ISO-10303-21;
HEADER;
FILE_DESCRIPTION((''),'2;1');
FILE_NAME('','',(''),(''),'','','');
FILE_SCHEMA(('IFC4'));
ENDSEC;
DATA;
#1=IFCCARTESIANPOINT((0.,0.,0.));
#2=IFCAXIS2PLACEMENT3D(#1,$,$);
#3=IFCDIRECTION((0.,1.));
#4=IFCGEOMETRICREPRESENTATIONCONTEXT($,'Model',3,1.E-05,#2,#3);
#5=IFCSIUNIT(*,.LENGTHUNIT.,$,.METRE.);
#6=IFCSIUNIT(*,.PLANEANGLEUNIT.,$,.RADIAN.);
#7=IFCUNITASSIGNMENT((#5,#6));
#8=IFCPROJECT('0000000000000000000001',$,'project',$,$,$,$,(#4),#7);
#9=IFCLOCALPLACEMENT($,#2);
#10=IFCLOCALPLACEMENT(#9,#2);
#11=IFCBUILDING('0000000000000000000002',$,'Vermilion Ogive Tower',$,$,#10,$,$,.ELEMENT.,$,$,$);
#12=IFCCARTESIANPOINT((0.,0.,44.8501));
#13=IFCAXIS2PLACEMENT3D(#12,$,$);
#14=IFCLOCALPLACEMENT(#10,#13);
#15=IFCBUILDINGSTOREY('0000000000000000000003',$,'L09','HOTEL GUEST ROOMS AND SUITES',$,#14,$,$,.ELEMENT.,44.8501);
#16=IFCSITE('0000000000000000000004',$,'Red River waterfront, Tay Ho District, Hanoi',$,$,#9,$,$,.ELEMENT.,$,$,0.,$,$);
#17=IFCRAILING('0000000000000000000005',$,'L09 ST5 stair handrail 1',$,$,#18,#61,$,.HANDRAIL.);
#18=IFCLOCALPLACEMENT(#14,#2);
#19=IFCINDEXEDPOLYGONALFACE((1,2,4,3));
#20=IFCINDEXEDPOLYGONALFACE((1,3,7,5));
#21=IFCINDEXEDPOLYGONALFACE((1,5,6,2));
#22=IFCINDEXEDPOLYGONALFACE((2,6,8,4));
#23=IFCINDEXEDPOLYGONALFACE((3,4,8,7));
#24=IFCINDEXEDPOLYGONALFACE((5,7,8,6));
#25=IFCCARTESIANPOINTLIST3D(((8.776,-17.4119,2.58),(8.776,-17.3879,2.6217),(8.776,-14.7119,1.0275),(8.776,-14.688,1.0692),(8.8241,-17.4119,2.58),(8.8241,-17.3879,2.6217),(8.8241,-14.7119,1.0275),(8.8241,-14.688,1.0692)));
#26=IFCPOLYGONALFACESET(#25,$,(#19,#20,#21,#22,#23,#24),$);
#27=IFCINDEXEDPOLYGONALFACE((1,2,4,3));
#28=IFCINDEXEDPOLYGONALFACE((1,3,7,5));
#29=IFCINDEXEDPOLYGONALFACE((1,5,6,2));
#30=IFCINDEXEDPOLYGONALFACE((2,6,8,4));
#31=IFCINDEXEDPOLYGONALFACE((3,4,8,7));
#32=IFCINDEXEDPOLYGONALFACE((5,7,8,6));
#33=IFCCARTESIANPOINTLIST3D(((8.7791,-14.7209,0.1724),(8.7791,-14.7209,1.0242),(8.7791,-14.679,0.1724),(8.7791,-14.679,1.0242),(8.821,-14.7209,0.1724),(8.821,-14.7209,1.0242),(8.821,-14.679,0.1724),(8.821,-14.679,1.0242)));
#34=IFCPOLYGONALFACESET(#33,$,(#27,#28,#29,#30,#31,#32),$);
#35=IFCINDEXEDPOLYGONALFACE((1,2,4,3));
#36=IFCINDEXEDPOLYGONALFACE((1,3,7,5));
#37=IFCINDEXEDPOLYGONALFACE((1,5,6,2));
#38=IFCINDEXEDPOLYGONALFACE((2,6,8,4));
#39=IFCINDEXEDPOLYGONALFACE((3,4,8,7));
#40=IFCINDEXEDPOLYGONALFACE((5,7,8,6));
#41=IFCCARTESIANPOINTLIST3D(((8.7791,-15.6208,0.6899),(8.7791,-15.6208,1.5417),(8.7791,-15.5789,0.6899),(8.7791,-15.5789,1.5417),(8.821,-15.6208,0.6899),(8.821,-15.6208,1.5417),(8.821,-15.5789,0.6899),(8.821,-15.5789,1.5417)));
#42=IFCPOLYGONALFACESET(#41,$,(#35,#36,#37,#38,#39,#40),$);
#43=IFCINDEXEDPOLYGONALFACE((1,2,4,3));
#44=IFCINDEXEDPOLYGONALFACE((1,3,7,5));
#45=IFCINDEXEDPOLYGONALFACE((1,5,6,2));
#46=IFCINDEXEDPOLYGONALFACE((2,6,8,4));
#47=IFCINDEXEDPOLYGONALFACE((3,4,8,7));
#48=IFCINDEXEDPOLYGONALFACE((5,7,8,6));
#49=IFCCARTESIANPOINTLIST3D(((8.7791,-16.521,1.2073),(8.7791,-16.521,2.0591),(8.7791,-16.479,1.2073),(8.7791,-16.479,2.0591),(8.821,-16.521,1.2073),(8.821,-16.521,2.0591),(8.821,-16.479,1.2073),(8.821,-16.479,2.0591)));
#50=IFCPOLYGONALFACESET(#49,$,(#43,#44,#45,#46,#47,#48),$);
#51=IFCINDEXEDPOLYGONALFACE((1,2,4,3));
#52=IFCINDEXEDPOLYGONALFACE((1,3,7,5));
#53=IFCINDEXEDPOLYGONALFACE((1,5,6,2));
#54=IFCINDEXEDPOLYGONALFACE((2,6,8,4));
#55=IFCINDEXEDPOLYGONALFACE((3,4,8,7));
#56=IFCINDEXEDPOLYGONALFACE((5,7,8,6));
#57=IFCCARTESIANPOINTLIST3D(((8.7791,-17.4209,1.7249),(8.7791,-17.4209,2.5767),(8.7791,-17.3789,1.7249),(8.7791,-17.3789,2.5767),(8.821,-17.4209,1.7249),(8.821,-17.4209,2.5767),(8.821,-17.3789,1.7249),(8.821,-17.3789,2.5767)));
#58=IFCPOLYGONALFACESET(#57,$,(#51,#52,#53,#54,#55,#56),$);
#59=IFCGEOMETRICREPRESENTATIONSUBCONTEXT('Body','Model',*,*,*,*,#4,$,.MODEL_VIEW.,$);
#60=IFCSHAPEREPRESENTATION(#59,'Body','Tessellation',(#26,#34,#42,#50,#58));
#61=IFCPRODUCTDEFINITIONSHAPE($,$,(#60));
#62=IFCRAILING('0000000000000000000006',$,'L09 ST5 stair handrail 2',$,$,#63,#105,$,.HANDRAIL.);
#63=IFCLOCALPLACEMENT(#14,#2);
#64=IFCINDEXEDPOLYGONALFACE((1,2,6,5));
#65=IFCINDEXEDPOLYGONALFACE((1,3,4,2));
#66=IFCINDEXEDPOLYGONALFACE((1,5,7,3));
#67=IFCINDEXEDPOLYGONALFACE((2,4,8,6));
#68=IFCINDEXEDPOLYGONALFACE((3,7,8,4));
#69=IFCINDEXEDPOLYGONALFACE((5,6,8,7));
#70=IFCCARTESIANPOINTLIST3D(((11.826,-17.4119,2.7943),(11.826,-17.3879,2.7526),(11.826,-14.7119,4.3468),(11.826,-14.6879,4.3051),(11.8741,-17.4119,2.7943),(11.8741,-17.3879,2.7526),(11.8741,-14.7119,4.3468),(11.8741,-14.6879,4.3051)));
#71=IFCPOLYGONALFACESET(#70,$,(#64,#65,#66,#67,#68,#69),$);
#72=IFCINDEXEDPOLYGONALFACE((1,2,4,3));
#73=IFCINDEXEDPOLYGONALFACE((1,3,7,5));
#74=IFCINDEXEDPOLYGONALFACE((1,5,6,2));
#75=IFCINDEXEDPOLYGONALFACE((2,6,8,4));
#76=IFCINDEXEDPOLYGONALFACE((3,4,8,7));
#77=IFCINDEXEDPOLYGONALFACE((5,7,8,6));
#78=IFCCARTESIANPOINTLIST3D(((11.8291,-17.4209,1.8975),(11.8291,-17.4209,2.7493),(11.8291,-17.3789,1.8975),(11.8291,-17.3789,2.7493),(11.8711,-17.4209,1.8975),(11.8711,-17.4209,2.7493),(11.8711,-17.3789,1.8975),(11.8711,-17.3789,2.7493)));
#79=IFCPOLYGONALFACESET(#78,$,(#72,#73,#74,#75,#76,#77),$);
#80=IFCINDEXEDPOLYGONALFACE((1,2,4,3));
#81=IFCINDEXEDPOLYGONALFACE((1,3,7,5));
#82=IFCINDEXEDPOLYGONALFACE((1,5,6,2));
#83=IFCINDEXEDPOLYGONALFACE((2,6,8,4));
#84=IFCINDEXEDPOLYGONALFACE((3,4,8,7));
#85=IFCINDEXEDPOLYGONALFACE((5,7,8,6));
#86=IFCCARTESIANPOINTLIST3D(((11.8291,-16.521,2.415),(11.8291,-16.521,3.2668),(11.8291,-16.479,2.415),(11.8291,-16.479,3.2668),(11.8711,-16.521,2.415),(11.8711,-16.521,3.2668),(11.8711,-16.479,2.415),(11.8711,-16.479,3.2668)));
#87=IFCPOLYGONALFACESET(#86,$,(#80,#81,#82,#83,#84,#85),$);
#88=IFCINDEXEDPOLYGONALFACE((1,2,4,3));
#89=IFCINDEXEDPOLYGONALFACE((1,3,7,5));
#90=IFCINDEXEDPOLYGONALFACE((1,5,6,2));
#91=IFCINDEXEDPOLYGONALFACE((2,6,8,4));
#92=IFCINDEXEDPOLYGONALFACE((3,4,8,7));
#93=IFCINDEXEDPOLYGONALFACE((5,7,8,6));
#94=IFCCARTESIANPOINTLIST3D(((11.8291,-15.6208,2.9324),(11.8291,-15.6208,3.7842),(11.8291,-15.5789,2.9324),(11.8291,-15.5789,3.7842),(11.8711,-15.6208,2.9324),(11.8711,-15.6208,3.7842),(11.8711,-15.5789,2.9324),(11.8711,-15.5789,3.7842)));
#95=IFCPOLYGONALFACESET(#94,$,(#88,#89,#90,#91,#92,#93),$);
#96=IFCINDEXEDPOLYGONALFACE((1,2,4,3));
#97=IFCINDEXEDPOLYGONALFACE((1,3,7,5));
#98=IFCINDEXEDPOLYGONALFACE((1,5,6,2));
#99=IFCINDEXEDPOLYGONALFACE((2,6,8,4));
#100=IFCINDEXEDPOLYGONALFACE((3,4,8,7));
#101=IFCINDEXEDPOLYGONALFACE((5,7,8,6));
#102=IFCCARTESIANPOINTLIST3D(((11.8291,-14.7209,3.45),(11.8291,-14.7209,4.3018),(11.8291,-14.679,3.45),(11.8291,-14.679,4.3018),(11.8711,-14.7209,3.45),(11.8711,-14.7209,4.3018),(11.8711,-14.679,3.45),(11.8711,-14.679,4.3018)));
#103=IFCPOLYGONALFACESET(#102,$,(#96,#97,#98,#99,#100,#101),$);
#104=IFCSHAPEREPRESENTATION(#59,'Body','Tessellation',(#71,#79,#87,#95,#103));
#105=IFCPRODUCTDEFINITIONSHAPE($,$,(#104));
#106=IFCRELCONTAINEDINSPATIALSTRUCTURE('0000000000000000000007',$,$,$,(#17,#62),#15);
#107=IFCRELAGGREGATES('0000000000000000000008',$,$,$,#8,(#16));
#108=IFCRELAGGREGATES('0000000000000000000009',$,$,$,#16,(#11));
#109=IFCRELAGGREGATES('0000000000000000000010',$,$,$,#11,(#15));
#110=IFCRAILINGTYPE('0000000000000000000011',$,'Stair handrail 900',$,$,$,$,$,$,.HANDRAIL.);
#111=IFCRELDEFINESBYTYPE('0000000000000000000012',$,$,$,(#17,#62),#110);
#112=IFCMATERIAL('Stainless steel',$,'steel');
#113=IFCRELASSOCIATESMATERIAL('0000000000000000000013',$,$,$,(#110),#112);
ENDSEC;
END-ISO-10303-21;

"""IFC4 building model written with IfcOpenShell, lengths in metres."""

from ifc_helpers import new_model, si_unit, direction, frame, origin, origin_2d, place, context, subcontext, project, spatial, rectangle, extrude, material, type_object, element, save


model = new_model("IFC4")

# Units and contexts
model_context = context("Model", 3, precision=1e-05, world=origin(), true_north=direction((0.0, 1.0)))
body_context = subcontext(model_context, "Body", "Model", "MODEL_VIEW")
ifc_project = project(units=[si_unit("LENGTHUNIT", "METRE"), si_unit("PLANEANGLEUNIT", "RADIAN")], contexts=[model_context])

# Site, building, storey
site_placement = place(None, origin())
site = spatial("IfcSite", under=ifc_project, at=site_placement, Name="Red River waterfront, Tay Ho District, Hanoi", CompositionType="ELEMENT", RefElevation=0.0)
building_placement = place(site_placement, origin())
building = spatial("IfcBuilding", under=site, at=building_placement, Name="Vermilion Ogive Tower", CompositionType="ELEMENT")
storey_placement = place(building_placement, frame((0.0, 0.0, 44.8501)))
storey = spatial("IfcBuildingStorey", under=building, at=storey_placement, Name="L09", Description="HOTEL GUEST ROOMS AND SUITES", CompositionType="ELEMENT", Elevation=44.8501)

# Railings
ifc_material_1 = material(Name="Stainless steel", Category="steel")
railing_type_1 = type_object("IfcRailingType", Name="Stair handrail 900", PredefinedType="HANDRAIL", material=ifc_material_1)
railing_1_placement = place(storey_placement, frame((8.8, -14.7, 0.1724)))
element("IfcRailing", 1, at=railing_1_placement, inside=storey, type_object=railing_type_1, Name="L09 ST5 stair handrail 1", PredefinedType="HANDRAIL", context=body_context, shape_type="SweptSolid", body=[
    extrude(rectangle(XDim=0.0481, YDim=0.0481, at=origin_2d()), frame((0.0, 0.0, 0.876), z_axis=(0.0, -0.866904, 0.498476), x_axis=(1.0, 0.0, 0.0)), (0.0, 0.0, 1.0), 3.1145),
    extrude(rectangle(XDim=0.042, YDim=0.042, at=origin_2d()), origin(), (0.0, 0.0, 1.0), 0.8518),
    extrude(rectangle(XDim=0.042, YDim=0.042, at=origin_2d()), frame((0.0, -0.8999, 0.5176)), (0.0, 0.0, 1.0), 0.8518),
    extrude(rectangle(XDim=0.042, YDim=0.042, at=origin_2d()), frame((0.0, -1.8, 1.0349)), (0.0, 0.0, 1.0), 0.8518),
    extrude(rectangle(XDim=0.042, YDim=0.042, at=origin_2d()), frame((0.0, -2.7, 1.5525)), (0.0, 0.0, 1.0), 0.8518),
])
railing_2_placement = place(storey_placement, frame((11.8501, -17.3999, 1.8975)))
element("IfcRailing", 2, at=railing_2_placement, inside=storey, type_object=railing_type_1, Name="L09 ST5 stair handrail 2", PredefinedType="HANDRAIL", context=body_context, shape_type="SweptSolid", body=[
    extrude(rectangle(XDim=0.0481, YDim=0.0481, at=origin_2d()), frame((0.0, 0.0, 0.876), z_axis=(0.0, 0.866904, 0.498476), x_axis=(-1.0, 0.0, 0.0)), (0.0, 0.0, 1.0), 3.1145),
    extrude(rectangle(XDim=0.042, YDim=0.042, at=origin_2d()), origin(), (0.0, 0.0, 1.0), 0.8518),
    extrude(rectangle(XDim=0.042, YDim=0.042, at=origin_2d()), frame((0.0, 0.8999, 0.5176)), (0.0, 0.0, 1.0), 0.8518),
    extrude(rectangle(XDim=0.042, YDim=0.042, at=origin_2d()), frame((0.0, 1.8, 1.0349)), (0.0, 0.0, 1.0), 0.8518),
    extrude(rectangle(XDim=0.042, YDim=0.042, at=origin_2d()), frame((0.0, 2.7, 1.5525)), (0.0, 0.0, 1.0), 0.8518),
])

save(model, "model.ifc")
